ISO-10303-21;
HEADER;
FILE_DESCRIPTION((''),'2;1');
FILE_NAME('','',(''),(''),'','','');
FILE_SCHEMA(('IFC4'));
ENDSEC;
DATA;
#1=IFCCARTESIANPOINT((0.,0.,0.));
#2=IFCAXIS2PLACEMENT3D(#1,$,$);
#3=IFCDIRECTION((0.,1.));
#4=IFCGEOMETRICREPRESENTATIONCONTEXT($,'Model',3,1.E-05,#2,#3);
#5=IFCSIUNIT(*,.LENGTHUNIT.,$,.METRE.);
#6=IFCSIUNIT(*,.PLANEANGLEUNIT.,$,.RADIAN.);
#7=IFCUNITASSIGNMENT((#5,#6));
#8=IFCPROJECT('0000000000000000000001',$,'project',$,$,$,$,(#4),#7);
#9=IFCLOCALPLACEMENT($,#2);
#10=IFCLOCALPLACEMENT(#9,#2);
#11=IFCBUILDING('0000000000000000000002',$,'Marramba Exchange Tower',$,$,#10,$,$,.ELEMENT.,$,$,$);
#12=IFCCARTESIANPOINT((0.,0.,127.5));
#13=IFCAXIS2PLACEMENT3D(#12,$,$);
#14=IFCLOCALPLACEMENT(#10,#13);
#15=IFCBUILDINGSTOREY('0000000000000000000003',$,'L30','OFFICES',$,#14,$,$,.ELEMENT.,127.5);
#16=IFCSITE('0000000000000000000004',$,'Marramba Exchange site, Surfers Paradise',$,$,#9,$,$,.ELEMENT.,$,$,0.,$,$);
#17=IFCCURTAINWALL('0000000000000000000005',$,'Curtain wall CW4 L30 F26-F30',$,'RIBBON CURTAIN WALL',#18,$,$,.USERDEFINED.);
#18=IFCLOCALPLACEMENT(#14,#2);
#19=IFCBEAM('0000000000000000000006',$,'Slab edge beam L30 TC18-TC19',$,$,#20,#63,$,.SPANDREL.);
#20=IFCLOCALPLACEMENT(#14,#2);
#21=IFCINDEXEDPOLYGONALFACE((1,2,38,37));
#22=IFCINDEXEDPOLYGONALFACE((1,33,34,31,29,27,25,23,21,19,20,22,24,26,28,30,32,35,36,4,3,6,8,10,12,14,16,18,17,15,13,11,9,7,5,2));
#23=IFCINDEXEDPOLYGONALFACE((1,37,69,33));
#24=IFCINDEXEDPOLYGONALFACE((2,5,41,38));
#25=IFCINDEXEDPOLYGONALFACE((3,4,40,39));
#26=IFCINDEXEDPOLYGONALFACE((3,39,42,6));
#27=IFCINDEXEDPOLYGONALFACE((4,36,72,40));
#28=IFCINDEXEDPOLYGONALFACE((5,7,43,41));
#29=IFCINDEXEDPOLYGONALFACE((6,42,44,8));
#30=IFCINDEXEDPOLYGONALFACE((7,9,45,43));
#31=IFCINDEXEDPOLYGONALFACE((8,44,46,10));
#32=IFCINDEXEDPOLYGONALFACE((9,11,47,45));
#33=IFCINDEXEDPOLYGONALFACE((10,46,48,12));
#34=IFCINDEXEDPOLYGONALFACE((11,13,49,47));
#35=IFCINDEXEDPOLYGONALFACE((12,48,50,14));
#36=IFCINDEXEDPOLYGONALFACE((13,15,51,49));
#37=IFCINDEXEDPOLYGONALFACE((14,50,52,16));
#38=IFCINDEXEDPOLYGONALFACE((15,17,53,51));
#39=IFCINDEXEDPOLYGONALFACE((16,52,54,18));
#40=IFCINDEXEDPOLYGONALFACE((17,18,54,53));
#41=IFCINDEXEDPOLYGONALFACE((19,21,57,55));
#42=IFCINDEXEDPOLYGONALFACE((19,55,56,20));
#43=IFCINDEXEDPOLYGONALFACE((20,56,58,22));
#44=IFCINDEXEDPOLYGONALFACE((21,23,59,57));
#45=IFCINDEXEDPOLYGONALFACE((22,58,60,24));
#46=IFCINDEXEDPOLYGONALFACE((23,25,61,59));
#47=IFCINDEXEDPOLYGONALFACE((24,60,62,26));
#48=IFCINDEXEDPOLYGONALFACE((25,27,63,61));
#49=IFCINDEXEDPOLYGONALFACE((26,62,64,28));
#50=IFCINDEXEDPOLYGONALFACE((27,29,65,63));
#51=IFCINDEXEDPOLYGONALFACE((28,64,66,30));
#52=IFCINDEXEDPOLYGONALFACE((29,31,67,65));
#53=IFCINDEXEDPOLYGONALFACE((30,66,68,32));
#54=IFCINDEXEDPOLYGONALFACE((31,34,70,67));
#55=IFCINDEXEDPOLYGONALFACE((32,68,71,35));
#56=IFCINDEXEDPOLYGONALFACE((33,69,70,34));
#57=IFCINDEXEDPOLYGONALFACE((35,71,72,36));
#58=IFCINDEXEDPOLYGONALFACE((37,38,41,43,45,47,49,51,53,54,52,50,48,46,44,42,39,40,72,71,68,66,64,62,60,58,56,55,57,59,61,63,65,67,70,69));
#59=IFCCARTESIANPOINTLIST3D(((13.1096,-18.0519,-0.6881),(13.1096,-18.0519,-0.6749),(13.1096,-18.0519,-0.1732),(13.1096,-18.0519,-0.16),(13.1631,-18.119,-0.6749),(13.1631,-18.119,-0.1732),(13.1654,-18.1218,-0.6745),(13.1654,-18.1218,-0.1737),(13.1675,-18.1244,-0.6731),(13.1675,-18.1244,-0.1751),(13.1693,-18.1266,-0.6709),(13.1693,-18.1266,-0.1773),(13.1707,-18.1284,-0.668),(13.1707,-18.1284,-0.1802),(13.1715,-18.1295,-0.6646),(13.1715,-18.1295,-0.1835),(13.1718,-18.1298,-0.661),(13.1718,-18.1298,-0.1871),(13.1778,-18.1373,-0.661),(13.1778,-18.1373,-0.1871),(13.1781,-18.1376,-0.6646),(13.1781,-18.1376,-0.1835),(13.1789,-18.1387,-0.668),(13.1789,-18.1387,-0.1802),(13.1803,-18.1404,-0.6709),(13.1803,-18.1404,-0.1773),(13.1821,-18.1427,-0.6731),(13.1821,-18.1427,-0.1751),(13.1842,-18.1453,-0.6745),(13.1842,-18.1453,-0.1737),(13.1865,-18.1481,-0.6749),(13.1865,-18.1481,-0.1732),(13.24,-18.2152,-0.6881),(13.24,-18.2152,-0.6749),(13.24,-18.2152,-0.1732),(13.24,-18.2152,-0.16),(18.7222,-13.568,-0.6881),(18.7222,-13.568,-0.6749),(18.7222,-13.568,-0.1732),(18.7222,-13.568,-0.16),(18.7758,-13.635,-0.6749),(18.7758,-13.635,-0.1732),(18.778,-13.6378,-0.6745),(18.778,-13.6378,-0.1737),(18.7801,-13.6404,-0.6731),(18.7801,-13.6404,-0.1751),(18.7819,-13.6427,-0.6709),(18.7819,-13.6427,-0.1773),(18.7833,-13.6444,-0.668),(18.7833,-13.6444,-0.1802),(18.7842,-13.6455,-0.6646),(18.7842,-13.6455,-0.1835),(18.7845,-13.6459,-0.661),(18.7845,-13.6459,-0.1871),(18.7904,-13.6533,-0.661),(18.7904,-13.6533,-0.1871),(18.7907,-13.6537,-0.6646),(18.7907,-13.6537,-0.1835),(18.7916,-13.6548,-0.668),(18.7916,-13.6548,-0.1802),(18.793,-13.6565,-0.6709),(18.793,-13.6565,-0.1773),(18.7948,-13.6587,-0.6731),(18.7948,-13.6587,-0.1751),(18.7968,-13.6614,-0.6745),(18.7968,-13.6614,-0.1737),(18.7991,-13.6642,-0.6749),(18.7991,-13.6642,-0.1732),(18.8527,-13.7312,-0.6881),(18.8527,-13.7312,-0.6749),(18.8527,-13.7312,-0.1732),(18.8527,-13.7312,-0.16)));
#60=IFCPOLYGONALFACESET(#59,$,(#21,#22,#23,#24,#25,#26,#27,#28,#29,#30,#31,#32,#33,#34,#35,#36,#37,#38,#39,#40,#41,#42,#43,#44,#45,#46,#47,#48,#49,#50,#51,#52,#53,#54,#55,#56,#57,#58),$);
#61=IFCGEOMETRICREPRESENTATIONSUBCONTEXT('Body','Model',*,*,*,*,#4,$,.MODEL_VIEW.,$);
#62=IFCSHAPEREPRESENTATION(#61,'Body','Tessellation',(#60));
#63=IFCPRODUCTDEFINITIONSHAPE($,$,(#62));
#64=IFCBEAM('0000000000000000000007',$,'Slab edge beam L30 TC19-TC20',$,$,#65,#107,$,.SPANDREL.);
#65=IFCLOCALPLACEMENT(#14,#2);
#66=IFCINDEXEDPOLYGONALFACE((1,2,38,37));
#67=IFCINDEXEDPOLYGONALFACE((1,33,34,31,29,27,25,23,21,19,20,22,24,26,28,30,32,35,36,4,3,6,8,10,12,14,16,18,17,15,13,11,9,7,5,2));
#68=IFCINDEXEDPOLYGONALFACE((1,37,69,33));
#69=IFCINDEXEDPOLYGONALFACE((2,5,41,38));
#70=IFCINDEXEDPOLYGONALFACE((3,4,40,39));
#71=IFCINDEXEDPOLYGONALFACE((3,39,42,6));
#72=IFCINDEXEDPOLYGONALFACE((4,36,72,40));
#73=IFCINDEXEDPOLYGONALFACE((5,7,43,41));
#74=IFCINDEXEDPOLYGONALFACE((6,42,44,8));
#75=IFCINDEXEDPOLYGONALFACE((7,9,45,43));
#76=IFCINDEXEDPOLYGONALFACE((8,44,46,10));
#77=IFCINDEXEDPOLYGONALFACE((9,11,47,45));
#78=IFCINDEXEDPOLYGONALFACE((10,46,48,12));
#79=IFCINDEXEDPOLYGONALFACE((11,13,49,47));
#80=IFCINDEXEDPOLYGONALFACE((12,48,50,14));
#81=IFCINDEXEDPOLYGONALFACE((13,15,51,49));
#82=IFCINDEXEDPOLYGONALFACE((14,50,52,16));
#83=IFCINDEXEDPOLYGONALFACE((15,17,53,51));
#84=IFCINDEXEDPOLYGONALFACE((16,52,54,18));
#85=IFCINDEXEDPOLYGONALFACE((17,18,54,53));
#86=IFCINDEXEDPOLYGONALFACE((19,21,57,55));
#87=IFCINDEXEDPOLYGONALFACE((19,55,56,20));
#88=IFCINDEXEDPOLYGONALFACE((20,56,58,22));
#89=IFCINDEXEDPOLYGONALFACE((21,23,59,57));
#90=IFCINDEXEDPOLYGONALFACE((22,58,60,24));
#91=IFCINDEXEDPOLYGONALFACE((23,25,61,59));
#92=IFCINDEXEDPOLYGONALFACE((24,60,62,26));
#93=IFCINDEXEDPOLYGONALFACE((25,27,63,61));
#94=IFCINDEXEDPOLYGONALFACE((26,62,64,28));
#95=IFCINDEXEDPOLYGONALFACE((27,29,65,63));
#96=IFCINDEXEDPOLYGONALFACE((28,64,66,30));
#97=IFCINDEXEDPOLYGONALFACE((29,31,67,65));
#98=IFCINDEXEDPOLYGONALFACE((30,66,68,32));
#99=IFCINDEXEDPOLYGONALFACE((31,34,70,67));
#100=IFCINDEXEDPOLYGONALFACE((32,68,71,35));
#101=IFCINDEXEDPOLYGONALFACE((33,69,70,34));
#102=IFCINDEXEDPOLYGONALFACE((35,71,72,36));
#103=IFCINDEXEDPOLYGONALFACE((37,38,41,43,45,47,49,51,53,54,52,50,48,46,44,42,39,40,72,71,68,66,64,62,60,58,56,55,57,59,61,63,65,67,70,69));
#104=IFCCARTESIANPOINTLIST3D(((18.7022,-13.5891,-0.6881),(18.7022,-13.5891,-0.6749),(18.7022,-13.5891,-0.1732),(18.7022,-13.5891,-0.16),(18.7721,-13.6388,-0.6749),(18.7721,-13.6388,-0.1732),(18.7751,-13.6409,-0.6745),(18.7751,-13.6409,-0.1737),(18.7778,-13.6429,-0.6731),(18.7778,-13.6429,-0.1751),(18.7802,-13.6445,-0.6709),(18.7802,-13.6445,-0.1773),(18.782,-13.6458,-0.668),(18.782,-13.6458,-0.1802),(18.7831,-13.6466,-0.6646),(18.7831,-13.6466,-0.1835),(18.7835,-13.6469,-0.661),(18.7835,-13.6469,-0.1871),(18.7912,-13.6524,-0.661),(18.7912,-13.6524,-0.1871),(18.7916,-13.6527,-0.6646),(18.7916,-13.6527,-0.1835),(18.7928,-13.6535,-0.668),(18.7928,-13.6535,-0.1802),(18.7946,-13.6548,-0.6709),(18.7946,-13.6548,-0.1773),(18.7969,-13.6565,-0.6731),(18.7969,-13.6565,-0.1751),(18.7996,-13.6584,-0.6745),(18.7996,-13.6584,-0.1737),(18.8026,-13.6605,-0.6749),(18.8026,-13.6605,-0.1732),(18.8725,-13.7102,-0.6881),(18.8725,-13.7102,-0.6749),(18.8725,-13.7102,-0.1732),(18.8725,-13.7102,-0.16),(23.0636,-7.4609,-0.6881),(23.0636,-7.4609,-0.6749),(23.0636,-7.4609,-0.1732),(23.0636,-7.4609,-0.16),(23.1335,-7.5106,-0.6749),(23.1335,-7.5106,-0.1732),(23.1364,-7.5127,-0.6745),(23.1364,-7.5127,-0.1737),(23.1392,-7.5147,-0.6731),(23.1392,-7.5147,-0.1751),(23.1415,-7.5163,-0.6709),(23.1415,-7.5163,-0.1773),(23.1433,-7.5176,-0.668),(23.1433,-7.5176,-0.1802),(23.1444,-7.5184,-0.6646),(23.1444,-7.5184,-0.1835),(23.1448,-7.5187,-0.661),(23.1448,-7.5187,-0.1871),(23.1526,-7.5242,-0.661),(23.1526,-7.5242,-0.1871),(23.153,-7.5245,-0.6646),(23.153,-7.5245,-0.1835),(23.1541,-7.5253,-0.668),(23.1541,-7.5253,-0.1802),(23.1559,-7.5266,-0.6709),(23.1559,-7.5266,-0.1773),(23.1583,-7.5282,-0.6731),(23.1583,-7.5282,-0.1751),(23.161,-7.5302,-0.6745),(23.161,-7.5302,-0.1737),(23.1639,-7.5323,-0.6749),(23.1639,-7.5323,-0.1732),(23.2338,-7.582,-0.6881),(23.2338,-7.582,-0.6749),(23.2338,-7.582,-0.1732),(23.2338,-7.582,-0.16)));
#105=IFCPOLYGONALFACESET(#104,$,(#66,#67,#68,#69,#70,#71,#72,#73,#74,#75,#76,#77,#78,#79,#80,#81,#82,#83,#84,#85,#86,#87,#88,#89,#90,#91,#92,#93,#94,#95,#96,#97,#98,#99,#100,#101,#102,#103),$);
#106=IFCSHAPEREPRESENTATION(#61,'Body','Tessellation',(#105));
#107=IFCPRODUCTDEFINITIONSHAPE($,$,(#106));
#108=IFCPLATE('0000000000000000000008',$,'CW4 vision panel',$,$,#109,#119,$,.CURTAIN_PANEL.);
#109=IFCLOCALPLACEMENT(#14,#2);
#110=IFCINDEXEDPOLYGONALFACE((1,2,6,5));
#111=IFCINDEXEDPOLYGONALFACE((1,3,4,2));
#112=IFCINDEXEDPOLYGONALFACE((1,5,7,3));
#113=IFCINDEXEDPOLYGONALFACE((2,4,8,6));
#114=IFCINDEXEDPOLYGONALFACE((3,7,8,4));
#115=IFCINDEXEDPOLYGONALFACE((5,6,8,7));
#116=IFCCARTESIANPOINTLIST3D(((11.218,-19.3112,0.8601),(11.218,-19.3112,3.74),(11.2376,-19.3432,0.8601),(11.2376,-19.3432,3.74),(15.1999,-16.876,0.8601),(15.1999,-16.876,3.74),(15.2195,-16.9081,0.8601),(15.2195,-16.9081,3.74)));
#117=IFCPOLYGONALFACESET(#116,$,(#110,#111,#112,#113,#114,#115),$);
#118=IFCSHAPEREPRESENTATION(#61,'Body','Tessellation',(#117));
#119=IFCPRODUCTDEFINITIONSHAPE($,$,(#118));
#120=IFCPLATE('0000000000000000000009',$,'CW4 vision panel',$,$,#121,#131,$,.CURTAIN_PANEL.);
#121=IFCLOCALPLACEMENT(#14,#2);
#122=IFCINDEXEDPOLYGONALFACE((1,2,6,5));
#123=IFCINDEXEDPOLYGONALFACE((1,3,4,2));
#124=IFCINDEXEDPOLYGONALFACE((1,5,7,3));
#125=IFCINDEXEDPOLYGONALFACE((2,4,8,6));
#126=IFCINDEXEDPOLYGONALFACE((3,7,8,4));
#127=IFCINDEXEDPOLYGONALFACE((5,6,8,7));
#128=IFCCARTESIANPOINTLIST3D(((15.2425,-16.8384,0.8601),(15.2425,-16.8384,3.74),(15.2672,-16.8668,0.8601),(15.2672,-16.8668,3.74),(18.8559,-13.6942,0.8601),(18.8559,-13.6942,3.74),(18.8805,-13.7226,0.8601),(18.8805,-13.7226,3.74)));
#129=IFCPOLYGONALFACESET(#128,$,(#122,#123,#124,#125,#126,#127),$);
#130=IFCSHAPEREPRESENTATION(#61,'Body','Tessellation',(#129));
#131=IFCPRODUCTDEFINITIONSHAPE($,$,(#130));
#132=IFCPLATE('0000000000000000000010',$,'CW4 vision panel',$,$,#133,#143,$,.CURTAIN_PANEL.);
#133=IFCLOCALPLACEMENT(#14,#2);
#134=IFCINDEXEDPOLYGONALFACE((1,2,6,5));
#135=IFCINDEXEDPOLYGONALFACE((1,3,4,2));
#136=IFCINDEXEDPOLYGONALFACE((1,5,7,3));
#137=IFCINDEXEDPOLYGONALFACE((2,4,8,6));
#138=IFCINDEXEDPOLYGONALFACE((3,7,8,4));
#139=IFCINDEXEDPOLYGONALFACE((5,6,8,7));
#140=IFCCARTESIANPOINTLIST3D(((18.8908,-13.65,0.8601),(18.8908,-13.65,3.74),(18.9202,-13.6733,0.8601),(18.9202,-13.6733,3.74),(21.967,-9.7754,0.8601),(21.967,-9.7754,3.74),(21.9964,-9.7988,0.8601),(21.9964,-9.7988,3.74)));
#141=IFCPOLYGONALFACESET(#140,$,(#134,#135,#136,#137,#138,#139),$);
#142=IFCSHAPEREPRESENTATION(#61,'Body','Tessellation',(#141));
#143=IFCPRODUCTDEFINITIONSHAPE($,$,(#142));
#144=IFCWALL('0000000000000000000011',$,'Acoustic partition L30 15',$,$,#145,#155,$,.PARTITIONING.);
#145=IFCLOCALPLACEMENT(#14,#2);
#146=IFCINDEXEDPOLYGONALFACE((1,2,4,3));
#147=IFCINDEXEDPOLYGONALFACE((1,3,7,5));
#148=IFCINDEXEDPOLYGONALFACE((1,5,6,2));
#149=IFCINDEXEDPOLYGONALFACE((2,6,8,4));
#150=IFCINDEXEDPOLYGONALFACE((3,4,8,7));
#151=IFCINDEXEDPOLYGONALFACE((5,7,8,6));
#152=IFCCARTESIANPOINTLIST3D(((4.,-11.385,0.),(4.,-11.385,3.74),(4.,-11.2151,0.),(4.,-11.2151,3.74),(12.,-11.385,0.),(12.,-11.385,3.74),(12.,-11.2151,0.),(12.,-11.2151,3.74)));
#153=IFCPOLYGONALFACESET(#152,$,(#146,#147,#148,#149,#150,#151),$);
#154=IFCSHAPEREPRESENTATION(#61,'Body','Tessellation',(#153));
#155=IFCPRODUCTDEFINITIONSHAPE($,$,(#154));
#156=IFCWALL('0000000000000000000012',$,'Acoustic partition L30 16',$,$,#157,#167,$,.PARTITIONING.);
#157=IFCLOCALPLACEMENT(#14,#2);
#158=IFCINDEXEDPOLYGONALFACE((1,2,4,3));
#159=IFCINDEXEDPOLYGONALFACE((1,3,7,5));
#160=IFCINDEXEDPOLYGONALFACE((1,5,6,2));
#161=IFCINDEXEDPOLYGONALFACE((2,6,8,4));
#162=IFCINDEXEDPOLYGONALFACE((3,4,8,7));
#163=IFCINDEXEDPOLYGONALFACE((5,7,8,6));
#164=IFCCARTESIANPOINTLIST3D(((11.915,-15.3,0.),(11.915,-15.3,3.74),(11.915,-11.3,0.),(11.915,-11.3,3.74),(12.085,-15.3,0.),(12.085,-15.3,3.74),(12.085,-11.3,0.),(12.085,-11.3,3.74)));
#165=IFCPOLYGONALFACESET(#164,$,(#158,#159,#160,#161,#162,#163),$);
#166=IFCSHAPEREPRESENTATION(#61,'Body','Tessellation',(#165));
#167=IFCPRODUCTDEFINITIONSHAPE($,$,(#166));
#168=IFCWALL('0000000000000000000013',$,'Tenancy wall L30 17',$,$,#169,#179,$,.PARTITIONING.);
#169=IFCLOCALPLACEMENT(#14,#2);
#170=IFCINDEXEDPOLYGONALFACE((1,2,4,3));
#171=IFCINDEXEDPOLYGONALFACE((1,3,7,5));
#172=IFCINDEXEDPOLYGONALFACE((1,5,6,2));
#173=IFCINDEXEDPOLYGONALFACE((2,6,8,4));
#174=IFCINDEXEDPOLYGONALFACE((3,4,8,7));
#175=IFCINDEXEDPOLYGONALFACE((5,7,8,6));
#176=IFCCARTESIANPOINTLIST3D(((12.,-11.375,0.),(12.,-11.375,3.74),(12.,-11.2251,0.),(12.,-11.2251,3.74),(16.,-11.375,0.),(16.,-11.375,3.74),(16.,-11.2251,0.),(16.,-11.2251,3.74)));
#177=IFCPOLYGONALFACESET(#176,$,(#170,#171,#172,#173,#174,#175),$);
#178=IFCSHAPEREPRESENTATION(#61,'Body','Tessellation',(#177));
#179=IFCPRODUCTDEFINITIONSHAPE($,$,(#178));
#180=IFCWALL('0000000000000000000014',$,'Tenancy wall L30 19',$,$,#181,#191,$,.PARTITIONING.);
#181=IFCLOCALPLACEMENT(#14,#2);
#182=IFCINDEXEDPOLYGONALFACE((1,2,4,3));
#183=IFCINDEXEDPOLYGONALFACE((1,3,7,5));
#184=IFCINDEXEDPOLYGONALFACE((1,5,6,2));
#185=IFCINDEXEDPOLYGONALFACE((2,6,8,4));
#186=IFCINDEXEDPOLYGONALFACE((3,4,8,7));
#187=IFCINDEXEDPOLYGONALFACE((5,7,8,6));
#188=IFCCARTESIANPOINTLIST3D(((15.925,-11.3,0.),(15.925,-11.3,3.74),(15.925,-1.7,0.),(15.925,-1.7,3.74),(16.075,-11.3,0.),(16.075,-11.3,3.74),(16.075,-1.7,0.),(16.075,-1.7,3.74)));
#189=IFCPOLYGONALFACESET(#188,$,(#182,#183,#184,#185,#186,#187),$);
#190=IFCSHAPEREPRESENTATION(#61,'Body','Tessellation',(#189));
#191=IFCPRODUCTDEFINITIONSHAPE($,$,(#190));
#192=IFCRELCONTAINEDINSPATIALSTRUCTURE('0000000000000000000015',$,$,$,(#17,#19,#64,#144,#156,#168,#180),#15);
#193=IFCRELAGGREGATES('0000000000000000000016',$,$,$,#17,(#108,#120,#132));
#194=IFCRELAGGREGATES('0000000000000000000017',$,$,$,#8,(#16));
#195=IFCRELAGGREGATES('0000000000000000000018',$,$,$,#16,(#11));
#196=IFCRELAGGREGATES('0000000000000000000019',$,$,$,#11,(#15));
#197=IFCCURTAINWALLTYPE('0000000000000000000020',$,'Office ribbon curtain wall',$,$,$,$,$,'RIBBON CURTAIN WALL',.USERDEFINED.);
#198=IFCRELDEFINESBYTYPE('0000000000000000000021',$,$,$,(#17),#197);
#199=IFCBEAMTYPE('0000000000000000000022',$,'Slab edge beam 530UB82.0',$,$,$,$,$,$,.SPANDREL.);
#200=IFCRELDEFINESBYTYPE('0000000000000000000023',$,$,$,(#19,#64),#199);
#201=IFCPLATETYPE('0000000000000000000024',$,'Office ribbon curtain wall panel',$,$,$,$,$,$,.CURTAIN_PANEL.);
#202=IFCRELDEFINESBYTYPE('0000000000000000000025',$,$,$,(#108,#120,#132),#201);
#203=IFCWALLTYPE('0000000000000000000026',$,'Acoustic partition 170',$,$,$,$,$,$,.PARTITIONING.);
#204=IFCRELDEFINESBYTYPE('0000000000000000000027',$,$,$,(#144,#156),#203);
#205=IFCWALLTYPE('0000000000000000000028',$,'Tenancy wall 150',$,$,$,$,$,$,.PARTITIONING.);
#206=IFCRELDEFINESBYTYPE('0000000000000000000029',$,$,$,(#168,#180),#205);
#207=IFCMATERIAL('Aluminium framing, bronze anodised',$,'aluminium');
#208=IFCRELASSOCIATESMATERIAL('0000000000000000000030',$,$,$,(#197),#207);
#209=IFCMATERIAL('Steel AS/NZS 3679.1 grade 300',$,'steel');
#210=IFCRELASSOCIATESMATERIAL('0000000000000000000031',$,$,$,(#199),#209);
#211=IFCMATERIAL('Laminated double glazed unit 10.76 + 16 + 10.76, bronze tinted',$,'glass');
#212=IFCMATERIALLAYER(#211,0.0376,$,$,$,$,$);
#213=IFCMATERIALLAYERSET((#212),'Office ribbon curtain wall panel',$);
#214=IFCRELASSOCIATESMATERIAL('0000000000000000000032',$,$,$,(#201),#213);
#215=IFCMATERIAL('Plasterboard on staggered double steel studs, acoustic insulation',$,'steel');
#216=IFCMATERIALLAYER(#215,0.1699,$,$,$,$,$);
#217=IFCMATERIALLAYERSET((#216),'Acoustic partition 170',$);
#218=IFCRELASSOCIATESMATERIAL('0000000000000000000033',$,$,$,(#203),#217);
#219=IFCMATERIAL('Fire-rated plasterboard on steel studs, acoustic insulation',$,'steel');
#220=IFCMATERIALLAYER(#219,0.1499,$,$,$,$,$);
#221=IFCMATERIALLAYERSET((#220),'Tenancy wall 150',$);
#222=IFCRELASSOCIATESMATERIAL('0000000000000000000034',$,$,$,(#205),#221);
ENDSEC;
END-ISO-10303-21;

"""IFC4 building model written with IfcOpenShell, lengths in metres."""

from ifc_helpers import new_model, si_unit, direction, frame, frame_2d, origin, origin_2d, place, context, subcontext, project, spatial, rectangle, i_section, extrude, material, layer, layer_set, material_profile, profile_set, type_object, element, aggregate, save


model = new_model("IFC4")

# Units and contexts
model_context = context("Model", 3, precision=1e-05, world=origin(), true_north=direction((0.0, 1.0)))
body_context = subcontext(model_context, "Body", "Model", "MODEL_VIEW")
ifc_project = project(units=[si_unit("LENGTHUNIT", "METRE"), si_unit("PLANEANGLEUNIT", "RADIAN")], contexts=[model_context])

# Site, building, storey
site_placement = place(None, origin())
site = spatial("IfcSite", under=ifc_project, at=site_placement, Name="Marramba Exchange site, Surfers Paradise", CompositionType="ELEMENT", RefElevation=0.0)
building_placement = place(site_placement, origin())
building = spatial("IfcBuilding", under=site, at=building_placement, Name="Marramba Exchange Tower", CompositionType="ELEMENT")
storey_placement = place(building_placement, frame((0.0, 0.0, 127.5)))
storey = spatial("IfcBuildingStorey", under=building, at=storey_placement, Name="L30", Description="OFFICES", CompositionType="ELEMENT", Elevation=127.5)

# Curtain wall
ifc_material_1 = material(Name="Aluminium framing, bronze anodised", Category="aluminium")
curtain_wall_type = type_object("IfcCurtainWallType", Name="Office ribbon curtain wall", ElementType="RIBBON CURTAIN WALL", PredefinedType="USERDEFINED", material=ifc_material_1)
curtain_wall_placement = place(storey_placement, origin())
curtain_wall = element("IfcCurtainWall", 1, at=curtain_wall_placement, inside=storey, type_object=curtain_wall_type, Name="Curtain wall CW4 L30 F26-F30", ObjectType="RIBBON CURTAIN WALL", PredefinedType="USERDEFINED")

# Beams
ifc_material_2 = material(Name="Steel AS/NZS 3679.1 grade 300", Category="steel")
ifc_material_profile_1 = material_profile(ifc_material_2, i_section(OverallWidth=0.209, OverallDepth=0.5281, WebThickness=0.0095, FlangeThickness=0.0132, FilletRadius=0.0139, at=origin_2d()), Name="530UB82.0")
ifc_profile_set_1 = profile_set([ifc_material_profile_1], Name="Steel AS/NZS 3679.1 grade 300")
beam_type_1 = type_object("IfcBeamType", Name="Slab edge beam 530UB82.0", PredefinedType="SPANDREL", material=ifc_profile_set_1)
beam_1_placement = place(storey_placement, frame((13.1748, -18.1335, -0.4241), z_axis=(0.781286, 0.624173, 0.0), x_axis=(-0.624173, 0.781286, 0.0)))
element("IfcBeam", 2, at=beam_1_placement, inside=storey, type_object=beam_type_1, Name="Slab edge beam L30 TC18-TC19", PredefinedType="SPANDREL", context=body_context, shape_type="SweptSolid", body=[
    extrude(i_section(OverallWidth=0.209, OverallDepth=0.5281, WebThickness=0.0095, FlangeThickness=0.0132, FilletRadius=0.0139, at=origin_2d()), origin(), (0.0, 0.0, 1.0), 7.1838),
])
beam_2_placement = place(storey_placement, frame((18.7874, -13.6497, -0.4241), z_axis=(0.579834, 0.814735, 0.0), x_axis=(-0.814735, 0.579834, 0.0)))
element("IfcBeam", 3, at=beam_2_placement, inside=storey, type_object=beam_type_1, Name="Slab edge beam L30 TC19-TC20", PredefinedType="SPANDREL", context=body_context, shape_type="SweptSolid", body=[
    extrude(i_section(OverallWidth=0.209, OverallDepth=0.5281, WebThickness=0.0095, FlangeThickness=0.0132, FilletRadius=0.0139, at=origin_2d()), origin(), (0.0, 0.0, 1.0), 7.5217),
])

# Plates
ifc_material_3 = material(Name="Laminated double glazed unit 10.76 + 16 + 10.76, bronze tinted", Category="glass")
ifc_layer_1 = layer(ifc_material_3, 0.0376)
ifc_layer_set_1 = layer_set([ifc_layer_1], Name="Office ribbon curtain wall panel")
plate_type = type_object("IfcPlateType", Name="Office ribbon curtain wall panel", PredefinedType="CURTAIN_PANEL", material=ifc_layer_set_1)
plate_1_placement = place(storey_placement, frame((13.2188, -18.1096, 0.8601), z_axis=(0.0, 0.0, 1.0), x_axis=(0.853109, 0.521733, 0.0)))
plate_1 = element("IfcPlate", 4, at=plate_1_placement, type_object=plate_type, Name="CW4 vision panel", PredefinedType="CURTAIN_PANEL", context=body_context, shape_type="SweptSolid", body=[
    extrude(rectangle(XDim=4.6675, YDim=0.0376, at=origin_2d()), origin(), (0.0, 0.0, 1.0), 2.8799),
])
plate_2_placement = place(storey_placement, frame((17.0615, -15.2805, 0.8601), z_axis=(0.0, 0.0, 1.0), x_axis=(0.754386, 0.656432, 0.0)))
plate_2 = element("IfcPlate", 5, at=plate_2_placement, type_object=plate_type, Name="CW4 vision panel", PredefinedType="CURTAIN_PANEL", context=body_context, shape_type="SweptSolid", body=[
    extrude(rectangle(XDim=4.7898, YDim=0.0376, at=origin_2d()), origin(), (0.0, 0.0, 1.0), 2.8799),
])
plate_3_placement = place(storey_placement, frame((20.4436, -11.7244, 0.8601), z_axis=(0.0, 0.0, 1.0), x_axis=(0.621807, 0.78317, 0.0)))
plate_3 = element("IfcPlate", 6, at=plate_3_placement, type_object=plate_type, Name="CW4 vision panel", PredefinedType="CURTAIN_PANEL", context=body_context, shape_type="SweptSolid", body=[
    extrude(rectangle(XDim=4.9473, YDim=0.0376, at=origin_2d()), origin(), (0.0, 0.0, 1.0), 2.8799),
])
aggregate(curtain_wall, [plate_1, plate_2, plate_3])

# Walls
ifc_material_4 = material(Name="Plasterboard on staggered double steel studs, acoustic insulation", Category="steel")
ifc_layer_2 = layer(ifc_material_4, 0.1699)
ifc_layer_set_2 = layer_set([ifc_layer_2], Name="Acoustic partition 170")
wall_type_1 = type_object("IfcWallType", Name="Acoustic partition 170", PredefinedType="PARTITIONING", material=ifc_layer_set_2)
wall_1_placement = place(storey_placement, frame((12.0, -11.3, 0.0), z_axis=(0.0, 0.0, 1.0), x_axis=(-1.0, 0.0, 0.0)))
element("IfcWall", 7, at=wall_1_placement, inside=storey, type_object=wall_type_1, Name="Acoustic partition L30 15", PredefinedType="PARTITIONING", context=body_context, shape_type="SweptSolid", body=[
    extrude(rectangle(XDim=8.0, YDim=0.1699, at=frame_2d((4.0, 0.0))), origin(), (0.0, 0.0, 1.0), 3.74),
])
wall_2_placement = place(storey_placement, frame((12.0, -15.3, 0.0), z_axis=(0.0, 0.0, 1.0), x_axis=(0.0, 1.0, 0.0)))
element("IfcWall", 8, at=wall_2_placement, inside=storey, type_object=wall_type_1, Name="Acoustic partition L30 16", PredefinedType="PARTITIONING", context=body_context, shape_type="SweptSolid", body=[
    extrude(rectangle(XDim=4.0, YDim=0.1699, at=frame_2d((2.0, 0.0))), origin(), (0.0, 0.0, 1.0), 3.74),
])
ifc_material_5 = material(Name="Fire-rated plasterboard on steel studs, acoustic insulation", Category="steel")
ifc_layer_3 = layer(ifc_material_5, 0.1499)
ifc_layer_set_3 = layer_set([ifc_layer_3], Name="Tenancy wall 150")
wall_type_2 = type_object("IfcWallType", Name="Tenancy wall 150", PredefinedType="PARTITIONING", material=ifc_layer_set_3)
wall_3_placement = place(storey_placement, frame((12.0, -11.3, 0.0), z_axis=(0.0, 0.0, 1.0), x_axis=(1.0, 0.0, 0.0)))
element("IfcWall", 9, at=wall_3_placement, inside=storey, type_object=wall_type_2, Name="Tenancy wall L30 17", PredefinedType="PARTITIONING", context=body_context, shape_type="SweptSolid", body=[
    extrude(rectangle(XDim=4.0, YDim=0.1499, at=frame_2d((2.0, 0.0))), origin(), (0.0, 0.0, 1.0), 3.74),
])
wall_4_placement = place(storey_placement, frame((16.0, -11.3, 0.0), z_axis=(0.0, 0.0, 1.0), x_axis=(0.0, 1.0, 0.0)))
element("IfcWall", 10, at=wall_4_placement, inside=storey, type_object=wall_type_2, Name="Tenancy wall L30 19", PredefinedType="PARTITIONING", context=body_context, shape_type="SweptSolid", body=[
    extrude(rectangle(XDim=9.6001, YDim=0.1499, at=frame_2d((4.8, 0.0))), origin(), (0.0, 0.0, 1.0), 3.74),
])

save(model, "model.ifc")
